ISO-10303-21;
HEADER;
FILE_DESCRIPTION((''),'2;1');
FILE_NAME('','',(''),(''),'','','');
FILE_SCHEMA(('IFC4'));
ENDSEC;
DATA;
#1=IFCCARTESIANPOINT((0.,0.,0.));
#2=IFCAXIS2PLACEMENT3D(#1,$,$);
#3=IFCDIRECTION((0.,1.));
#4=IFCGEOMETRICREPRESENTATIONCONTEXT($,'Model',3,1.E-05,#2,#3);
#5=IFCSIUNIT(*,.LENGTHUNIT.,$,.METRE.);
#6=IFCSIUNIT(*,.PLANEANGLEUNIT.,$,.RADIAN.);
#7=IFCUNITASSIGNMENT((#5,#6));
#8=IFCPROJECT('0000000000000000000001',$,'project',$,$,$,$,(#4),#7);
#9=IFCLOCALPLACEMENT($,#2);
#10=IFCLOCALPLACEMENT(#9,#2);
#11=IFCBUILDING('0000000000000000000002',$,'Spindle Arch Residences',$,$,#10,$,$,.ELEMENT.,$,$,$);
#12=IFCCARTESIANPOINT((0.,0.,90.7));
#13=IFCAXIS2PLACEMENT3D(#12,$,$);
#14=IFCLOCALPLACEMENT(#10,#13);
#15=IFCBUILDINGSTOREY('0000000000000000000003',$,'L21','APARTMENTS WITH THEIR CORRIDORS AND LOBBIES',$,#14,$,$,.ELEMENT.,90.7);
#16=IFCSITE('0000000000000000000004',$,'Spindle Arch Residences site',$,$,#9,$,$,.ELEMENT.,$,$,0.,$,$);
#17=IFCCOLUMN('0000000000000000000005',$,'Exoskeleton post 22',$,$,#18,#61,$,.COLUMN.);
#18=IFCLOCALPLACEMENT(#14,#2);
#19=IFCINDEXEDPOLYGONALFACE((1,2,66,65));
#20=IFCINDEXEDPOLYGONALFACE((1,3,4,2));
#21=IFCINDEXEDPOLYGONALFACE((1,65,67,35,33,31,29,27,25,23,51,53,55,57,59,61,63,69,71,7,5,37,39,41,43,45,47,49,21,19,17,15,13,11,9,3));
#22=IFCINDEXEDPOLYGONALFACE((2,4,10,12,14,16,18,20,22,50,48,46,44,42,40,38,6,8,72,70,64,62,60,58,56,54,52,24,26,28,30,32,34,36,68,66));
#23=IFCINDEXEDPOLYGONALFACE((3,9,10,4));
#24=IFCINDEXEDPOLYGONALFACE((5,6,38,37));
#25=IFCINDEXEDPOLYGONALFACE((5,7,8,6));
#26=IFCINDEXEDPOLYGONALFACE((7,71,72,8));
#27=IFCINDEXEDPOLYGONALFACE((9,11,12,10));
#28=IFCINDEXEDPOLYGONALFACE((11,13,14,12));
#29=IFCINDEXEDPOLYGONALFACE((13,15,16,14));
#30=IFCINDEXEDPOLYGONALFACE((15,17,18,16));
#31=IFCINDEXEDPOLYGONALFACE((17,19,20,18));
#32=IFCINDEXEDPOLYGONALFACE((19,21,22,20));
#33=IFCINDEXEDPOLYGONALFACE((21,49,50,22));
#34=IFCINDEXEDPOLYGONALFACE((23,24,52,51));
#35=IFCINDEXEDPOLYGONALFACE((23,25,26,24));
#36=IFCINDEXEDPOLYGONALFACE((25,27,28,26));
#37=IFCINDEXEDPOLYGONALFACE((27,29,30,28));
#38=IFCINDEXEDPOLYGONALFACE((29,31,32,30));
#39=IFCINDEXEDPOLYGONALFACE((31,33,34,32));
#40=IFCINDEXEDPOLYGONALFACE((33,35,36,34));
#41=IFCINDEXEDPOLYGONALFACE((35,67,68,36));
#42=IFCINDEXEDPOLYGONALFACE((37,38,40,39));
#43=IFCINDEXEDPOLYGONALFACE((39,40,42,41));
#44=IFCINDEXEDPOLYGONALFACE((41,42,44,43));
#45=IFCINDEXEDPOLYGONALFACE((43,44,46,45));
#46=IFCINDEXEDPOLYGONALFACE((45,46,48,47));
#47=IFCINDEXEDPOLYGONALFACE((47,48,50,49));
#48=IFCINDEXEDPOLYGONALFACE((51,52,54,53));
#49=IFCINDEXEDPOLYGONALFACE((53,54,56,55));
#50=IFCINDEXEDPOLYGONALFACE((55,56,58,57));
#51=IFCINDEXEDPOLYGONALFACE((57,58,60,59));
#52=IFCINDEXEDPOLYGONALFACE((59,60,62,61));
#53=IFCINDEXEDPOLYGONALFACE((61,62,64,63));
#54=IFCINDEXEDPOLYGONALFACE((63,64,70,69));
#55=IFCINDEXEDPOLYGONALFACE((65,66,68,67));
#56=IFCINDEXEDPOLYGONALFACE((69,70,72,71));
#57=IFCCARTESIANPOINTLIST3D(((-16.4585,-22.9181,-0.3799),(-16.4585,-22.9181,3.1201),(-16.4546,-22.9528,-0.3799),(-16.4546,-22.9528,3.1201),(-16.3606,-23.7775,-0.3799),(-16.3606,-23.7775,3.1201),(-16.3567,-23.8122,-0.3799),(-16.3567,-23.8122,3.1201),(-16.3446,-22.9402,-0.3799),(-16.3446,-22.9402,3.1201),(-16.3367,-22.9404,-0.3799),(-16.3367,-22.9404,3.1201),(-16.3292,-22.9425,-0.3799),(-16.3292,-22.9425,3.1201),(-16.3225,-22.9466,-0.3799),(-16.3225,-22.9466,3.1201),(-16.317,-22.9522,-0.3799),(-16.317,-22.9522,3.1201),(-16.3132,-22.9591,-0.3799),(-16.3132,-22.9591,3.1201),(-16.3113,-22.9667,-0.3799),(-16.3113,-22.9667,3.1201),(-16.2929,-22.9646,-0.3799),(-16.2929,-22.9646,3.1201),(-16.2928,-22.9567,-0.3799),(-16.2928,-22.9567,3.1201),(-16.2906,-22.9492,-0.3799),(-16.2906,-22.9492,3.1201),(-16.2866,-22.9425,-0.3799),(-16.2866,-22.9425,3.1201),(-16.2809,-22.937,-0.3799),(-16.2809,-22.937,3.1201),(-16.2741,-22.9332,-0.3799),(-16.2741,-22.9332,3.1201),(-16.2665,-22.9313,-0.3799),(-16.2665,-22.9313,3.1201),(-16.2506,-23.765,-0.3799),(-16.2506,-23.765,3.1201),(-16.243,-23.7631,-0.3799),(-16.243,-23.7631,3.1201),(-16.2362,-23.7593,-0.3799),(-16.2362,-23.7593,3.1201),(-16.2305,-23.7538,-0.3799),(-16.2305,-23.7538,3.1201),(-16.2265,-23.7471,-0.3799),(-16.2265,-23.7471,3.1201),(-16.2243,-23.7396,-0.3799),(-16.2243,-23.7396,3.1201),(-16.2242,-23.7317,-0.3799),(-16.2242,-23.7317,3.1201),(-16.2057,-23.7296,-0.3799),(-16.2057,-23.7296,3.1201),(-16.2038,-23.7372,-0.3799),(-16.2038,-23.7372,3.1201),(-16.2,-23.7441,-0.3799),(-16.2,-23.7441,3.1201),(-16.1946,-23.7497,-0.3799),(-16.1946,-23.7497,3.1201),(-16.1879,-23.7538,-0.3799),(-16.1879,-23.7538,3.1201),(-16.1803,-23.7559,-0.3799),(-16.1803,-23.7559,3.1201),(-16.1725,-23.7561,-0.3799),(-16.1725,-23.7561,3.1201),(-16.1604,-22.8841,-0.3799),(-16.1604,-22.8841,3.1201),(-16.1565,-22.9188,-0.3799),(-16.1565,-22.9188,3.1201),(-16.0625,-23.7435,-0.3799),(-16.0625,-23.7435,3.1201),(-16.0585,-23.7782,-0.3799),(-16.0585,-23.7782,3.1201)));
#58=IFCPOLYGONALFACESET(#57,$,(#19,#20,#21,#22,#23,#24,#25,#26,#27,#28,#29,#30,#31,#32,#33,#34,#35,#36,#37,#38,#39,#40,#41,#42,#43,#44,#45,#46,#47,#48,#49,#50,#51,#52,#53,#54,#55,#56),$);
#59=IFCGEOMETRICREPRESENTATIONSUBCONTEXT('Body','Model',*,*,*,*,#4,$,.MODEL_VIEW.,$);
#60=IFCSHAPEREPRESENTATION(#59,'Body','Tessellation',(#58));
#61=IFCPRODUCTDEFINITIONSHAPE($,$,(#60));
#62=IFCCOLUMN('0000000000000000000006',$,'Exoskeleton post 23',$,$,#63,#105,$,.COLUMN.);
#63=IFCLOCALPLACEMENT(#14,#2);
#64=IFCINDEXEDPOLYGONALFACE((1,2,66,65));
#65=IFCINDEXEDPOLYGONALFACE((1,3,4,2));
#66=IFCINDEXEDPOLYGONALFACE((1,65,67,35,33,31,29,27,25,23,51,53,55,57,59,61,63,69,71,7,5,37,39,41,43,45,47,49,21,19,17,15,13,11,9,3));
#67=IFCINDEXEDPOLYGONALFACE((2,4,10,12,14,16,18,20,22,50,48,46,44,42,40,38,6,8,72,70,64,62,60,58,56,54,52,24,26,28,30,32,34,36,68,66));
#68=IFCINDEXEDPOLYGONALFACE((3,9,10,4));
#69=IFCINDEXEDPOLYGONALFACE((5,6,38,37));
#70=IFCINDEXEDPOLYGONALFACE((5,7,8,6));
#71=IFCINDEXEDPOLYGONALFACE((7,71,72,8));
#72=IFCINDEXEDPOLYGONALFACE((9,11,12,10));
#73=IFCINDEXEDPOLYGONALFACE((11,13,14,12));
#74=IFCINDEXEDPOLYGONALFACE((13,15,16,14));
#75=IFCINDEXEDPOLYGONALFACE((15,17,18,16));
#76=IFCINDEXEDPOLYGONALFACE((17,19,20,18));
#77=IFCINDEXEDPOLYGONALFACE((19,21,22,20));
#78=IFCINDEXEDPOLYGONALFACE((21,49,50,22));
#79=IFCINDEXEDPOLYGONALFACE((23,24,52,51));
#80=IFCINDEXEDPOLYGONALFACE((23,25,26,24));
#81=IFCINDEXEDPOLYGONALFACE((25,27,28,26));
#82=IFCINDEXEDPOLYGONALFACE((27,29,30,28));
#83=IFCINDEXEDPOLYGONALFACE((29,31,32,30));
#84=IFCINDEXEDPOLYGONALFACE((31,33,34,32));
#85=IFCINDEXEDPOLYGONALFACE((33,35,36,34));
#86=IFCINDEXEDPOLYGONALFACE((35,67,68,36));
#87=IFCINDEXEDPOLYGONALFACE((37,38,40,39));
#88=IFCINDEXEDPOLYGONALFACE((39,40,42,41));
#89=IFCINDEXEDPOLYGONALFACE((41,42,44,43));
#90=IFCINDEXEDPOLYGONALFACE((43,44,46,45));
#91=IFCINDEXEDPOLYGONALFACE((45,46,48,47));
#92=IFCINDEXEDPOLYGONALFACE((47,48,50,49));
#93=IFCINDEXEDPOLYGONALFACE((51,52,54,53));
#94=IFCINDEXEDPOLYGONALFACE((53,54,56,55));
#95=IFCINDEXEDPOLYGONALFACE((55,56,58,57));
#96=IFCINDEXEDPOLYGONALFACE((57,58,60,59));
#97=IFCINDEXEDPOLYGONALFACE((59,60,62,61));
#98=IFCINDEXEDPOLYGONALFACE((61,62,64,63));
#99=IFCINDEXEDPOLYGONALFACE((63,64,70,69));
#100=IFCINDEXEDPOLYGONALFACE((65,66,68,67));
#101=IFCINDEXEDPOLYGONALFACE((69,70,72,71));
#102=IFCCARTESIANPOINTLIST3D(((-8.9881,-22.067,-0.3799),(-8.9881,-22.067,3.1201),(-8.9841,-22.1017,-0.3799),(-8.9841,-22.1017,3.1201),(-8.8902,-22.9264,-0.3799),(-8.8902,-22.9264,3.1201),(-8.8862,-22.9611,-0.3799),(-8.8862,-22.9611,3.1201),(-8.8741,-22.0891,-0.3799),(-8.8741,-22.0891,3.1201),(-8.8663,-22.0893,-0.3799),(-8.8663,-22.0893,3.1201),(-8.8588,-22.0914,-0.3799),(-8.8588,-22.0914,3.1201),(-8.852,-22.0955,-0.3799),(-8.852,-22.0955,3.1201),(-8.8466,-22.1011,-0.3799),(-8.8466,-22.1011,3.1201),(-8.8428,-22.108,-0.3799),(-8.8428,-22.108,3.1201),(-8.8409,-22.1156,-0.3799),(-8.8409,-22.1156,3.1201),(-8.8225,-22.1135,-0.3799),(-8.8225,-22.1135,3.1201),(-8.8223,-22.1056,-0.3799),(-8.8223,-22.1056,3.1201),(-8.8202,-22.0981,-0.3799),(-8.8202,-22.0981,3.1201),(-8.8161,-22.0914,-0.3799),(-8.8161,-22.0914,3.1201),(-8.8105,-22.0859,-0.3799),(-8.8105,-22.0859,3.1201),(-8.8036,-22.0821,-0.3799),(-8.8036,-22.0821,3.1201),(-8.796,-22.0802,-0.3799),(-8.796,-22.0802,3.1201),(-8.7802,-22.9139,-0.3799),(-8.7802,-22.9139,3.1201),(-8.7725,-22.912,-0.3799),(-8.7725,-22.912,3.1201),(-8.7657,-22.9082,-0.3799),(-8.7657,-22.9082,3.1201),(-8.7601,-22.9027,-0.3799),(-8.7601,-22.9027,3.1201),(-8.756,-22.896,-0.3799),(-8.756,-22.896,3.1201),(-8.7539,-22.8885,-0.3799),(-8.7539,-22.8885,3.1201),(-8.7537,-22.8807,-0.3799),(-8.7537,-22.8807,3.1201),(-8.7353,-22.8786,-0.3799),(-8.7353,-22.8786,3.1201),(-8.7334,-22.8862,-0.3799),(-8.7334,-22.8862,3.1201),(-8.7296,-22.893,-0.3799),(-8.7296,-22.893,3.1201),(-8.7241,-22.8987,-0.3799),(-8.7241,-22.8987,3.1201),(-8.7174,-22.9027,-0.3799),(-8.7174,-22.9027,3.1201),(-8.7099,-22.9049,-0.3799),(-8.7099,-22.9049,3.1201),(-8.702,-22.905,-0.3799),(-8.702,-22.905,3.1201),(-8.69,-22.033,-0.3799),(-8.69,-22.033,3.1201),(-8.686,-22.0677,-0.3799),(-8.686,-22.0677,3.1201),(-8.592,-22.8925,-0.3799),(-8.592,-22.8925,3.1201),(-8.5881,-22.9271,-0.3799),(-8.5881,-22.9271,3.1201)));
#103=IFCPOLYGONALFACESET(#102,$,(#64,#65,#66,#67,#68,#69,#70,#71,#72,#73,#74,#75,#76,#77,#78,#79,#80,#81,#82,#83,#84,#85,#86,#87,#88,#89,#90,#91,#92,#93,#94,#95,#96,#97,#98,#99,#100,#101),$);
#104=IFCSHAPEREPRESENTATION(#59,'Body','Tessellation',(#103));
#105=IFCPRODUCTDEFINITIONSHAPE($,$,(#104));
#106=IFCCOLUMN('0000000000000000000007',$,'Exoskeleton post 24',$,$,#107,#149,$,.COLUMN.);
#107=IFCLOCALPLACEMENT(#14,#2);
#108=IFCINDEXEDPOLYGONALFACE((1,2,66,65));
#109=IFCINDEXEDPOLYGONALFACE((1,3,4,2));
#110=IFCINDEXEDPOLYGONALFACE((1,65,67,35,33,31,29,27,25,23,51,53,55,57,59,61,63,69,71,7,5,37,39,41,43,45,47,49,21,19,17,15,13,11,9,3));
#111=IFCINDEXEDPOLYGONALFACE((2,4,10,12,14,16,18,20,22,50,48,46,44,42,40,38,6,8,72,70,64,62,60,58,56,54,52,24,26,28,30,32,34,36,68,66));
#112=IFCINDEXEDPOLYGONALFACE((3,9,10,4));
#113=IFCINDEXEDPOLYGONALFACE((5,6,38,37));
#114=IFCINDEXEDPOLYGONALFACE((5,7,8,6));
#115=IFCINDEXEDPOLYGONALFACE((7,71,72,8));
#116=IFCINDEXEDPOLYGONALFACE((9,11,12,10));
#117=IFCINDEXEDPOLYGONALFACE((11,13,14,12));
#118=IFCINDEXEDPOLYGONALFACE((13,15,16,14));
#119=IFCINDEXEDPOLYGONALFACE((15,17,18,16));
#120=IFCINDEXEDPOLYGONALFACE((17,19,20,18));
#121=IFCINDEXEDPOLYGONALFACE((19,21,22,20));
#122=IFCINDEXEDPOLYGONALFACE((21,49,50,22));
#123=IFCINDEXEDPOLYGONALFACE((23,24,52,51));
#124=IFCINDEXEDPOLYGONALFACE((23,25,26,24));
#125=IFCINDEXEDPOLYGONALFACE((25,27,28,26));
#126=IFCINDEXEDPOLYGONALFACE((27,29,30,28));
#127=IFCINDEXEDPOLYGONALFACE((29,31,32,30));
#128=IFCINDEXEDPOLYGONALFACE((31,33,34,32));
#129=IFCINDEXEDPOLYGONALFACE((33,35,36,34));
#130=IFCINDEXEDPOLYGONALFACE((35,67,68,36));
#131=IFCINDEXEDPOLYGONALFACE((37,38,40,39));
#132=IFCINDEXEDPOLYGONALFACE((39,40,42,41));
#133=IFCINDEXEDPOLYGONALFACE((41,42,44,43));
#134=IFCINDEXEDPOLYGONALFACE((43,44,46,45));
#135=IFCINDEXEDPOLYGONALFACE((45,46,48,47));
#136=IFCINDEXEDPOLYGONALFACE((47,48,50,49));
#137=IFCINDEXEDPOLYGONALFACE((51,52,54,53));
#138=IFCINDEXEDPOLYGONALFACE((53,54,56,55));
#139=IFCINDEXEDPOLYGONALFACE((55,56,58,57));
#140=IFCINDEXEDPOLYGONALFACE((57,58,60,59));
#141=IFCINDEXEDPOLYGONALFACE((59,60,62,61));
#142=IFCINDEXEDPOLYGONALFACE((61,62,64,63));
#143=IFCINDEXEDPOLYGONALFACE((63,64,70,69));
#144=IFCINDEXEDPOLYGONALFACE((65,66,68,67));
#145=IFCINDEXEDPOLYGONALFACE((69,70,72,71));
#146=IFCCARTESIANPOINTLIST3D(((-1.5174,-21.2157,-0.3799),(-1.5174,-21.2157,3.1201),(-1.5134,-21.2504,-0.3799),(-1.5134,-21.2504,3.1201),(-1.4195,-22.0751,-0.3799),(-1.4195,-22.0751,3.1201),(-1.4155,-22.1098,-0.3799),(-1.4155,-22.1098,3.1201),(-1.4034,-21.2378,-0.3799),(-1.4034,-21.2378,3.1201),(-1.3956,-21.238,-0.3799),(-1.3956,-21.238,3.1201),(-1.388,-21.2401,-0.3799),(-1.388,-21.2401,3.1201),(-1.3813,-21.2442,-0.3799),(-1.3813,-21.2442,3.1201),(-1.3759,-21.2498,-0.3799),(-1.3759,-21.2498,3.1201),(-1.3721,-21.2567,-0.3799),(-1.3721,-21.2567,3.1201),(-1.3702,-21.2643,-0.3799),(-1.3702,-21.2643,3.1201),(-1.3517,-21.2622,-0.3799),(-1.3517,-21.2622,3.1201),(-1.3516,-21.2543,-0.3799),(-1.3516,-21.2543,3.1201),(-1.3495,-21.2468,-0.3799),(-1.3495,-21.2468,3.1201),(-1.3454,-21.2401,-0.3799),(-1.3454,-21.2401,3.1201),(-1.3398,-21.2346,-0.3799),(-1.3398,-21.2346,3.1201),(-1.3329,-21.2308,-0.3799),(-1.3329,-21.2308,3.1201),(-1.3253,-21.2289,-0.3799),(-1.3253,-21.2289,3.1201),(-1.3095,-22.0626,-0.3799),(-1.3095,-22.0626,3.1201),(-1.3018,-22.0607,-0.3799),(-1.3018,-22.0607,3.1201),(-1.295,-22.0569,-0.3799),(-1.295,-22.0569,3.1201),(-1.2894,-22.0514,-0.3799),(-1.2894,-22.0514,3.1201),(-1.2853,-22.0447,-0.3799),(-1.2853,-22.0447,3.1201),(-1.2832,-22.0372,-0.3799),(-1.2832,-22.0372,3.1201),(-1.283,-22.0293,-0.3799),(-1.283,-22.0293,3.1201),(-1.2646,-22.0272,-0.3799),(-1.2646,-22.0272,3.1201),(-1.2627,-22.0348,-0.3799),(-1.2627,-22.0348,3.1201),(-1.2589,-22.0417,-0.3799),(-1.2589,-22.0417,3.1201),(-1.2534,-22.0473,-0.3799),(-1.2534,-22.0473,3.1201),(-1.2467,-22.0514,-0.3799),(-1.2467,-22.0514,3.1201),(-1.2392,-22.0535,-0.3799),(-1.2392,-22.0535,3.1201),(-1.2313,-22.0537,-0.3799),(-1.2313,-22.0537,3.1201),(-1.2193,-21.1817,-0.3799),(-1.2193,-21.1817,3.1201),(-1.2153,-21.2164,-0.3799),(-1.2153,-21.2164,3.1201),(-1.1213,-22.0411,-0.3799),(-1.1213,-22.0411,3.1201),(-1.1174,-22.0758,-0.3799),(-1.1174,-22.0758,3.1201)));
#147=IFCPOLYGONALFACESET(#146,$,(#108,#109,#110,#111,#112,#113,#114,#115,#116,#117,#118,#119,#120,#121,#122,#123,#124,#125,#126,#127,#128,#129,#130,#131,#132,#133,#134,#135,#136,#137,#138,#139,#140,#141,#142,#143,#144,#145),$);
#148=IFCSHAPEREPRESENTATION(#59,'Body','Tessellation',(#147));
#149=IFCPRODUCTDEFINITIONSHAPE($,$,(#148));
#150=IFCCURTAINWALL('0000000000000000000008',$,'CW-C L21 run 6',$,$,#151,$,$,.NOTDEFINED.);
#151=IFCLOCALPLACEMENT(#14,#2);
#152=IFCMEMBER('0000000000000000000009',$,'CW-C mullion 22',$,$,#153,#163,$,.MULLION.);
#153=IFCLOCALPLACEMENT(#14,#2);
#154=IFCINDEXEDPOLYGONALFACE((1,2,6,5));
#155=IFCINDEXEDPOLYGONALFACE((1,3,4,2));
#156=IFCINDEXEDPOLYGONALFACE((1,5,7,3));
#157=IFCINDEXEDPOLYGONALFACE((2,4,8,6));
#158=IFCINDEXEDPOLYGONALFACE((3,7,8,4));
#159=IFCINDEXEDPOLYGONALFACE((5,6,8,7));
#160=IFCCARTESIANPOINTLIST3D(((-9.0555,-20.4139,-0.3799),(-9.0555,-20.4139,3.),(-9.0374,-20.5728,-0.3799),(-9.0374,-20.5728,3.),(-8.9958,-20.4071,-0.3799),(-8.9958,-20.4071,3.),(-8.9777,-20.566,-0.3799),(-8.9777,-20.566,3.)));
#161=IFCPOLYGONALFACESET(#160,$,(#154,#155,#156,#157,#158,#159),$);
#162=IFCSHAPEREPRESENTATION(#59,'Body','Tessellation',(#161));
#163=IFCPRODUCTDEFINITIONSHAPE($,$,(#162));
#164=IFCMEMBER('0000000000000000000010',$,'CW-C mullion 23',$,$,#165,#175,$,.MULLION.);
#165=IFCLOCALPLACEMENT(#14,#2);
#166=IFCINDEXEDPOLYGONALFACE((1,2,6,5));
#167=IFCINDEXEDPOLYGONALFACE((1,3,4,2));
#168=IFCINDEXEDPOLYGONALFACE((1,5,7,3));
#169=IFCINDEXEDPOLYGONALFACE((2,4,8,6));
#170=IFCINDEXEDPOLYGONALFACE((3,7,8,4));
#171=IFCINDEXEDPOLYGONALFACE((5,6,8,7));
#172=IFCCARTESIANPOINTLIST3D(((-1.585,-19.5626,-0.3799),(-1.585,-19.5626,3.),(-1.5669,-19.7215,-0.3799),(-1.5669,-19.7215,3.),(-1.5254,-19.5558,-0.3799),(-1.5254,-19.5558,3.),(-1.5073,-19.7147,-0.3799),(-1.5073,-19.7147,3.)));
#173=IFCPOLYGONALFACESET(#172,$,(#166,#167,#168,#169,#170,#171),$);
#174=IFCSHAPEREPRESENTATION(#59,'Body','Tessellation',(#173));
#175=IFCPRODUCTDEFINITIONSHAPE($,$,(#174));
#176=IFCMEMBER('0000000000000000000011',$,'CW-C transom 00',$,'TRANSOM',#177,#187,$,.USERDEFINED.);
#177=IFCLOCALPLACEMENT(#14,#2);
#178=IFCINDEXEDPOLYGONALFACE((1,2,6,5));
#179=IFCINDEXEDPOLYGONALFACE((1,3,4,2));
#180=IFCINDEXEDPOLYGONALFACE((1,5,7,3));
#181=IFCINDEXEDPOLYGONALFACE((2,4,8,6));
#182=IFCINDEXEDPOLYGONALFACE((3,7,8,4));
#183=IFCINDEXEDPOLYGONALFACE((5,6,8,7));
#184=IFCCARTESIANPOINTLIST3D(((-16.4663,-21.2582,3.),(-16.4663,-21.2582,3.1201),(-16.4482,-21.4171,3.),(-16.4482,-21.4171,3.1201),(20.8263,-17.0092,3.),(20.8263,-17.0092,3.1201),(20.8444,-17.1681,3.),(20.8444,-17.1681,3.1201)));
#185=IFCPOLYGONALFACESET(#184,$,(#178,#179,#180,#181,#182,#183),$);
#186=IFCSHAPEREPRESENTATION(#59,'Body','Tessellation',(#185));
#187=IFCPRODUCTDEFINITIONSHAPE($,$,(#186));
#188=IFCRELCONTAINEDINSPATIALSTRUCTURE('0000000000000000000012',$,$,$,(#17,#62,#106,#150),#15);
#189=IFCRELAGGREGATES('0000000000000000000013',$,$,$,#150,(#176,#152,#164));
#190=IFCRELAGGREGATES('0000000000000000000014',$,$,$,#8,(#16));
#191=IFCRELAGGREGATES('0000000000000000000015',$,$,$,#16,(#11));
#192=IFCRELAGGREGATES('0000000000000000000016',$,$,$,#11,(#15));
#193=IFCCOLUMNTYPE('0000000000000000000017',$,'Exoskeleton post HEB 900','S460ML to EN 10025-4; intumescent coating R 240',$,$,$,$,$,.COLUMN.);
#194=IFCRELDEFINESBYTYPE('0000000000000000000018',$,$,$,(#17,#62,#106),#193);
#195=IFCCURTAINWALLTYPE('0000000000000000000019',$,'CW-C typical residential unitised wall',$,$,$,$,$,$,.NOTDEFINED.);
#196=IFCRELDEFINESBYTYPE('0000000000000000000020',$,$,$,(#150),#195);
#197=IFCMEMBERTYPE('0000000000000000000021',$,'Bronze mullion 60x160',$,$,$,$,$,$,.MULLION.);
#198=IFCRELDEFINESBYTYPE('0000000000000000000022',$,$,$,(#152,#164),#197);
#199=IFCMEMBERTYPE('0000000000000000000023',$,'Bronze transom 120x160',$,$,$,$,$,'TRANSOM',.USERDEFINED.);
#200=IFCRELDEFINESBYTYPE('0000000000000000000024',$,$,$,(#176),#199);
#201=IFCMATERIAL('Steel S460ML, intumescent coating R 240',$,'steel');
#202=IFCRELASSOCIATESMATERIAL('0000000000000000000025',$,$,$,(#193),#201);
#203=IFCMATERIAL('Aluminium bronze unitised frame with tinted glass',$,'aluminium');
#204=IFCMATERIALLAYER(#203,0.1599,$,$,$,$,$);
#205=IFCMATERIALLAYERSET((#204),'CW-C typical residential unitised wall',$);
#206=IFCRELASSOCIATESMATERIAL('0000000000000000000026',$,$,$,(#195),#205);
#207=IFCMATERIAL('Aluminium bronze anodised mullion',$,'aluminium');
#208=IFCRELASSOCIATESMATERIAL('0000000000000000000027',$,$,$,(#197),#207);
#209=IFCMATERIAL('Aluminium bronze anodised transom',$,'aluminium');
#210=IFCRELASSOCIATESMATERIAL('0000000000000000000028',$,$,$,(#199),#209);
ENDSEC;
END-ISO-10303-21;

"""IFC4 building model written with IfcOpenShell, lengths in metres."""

from ifc_helpers import new_model, si_unit, direction, frame, origin, origin_2d, place, context, subcontext, project, spatial, rectangle, i_section, extrude, material, layer, layer_set, material_profile, profile_set, type_object, element, aggregate, save


model = new_model("IFC4")

# Units and contexts
model_context = context("Model", 3, precision=1e-05, world=origin(), true_north=direction((0.0, 1.0)))
body_context = subcontext(model_context, "Body", "Model", "MODEL_VIEW")
ifc_project = project(units=[si_unit("LENGTHUNIT", "METRE"), si_unit("PLANEANGLEUNIT", "RADIAN")], contexts=[model_context])

# Site, building, storey
site_placement = place(None, origin())
site = spatial("IfcSite", under=ifc_project, at=site_placement, Name="Spindle Arch Residences site", CompositionType="ELEMENT", RefElevation=0.0)
building_placement = place(site_placement, origin())
building = spatial("IfcBuilding", under=site, at=building_placement, Name="Spindle Arch Residences", CompositionType="ELEMENT")
storey_placement = place(building_placement, frame((0.0, 0.0, 90.7)))
storey = spatial("IfcBuildingStorey", under=building, at=storey_placement, Name="L21", Description="APARTMENTS WITH THEIR CORRIDORS AND LOBBIES", CompositionType="ELEMENT", Elevation=90.7)

# Columns
ifc_material_1 = material(Name="Steel S460ML, intumescent coating R 240", Category="steel")
ifc_material_profile_1 = material_profile(ifc_material_1, i_section(OverallWidth=0.3, OverallDepth=0.8999, WebThickness=0.0186, FlangeThickness=0.0349, FilletRadius=0.03, at=origin_2d()), Name="HEB 900")
ifc_profile_set_1 = profile_set([ifc_material_profile_1], Name="Steel S460ML, intumescent coating R 240")
column_type = type_object("IfcColumnType", Name="Exoskeleton post HEB 900", Description="S460ML to EN 10025-4; intumescent coating R 240", PredefinedType="COLUMN", material=ifc_profile_set_1)
for number, where, z_axis, x_axis, name in (
    (1, (-16.2585, -23.3481, -0.3799), (0.0, 0.0, 1.0), (-0.993572, -0.113203, 0.0), "Exoskeleton post 22"),
    (2, (-8.7881, -22.4971, -0.3799), (0.0, 0.0, 1.0), (-0.993572, -0.113203, 0.0), "Exoskeleton post 23"),
    (3, (-1.3174, -21.6458, -0.3799), (0.0, 0.0, 1.0), (-0.993572, -0.113203, 0.0), "Exoskeleton post 24"),
):
    element("IfcColumn", number, at=place(storey_placement, frame(where, z_axis=z_axis, x_axis=x_axis)), inside=storey, type_object=column_type, Name=name, PredefinedType="COLUMN", context=body_context, shape_type="SweptSolid", body=[
        extrude(i_section(OverallWidth=0.3, OverallDepth=0.8999, WebThickness=0.0186, FlangeThickness=0.0349, FilletRadius=0.03, at=origin_2d()), origin(), (0.0, 0.0, 1.0), 3.5),
    ])

# Curtain wall, members
ifc_material_2 = material(Name="Aluminium bronze unitised frame with tinted glass", Category="aluminium")
ifc_layer_1 = layer(ifc_material_2, 0.1599)
ifc_layer_set_1 = layer_set([ifc_layer_1], Name="CW-C typical residential unitised wall")
curtain_wall_type = type_object("IfcCurtainWallType", Name="CW-C typical residential unitised wall", PredefinedType="NOTDEFINED", material=ifc_layer_set_1)
curtain_wall_placement = place(storey_placement, origin())
curtain_wall = element("IfcCurtainWall", 4, at=curtain_wall_placement, inside=storey, type_object=curtain_wall_type, Name="CW-C L21 run 6", PredefinedType="NOTDEFINED")
ifc_material_3 = material(Name="Aluminium bronze anodised mullion", Category="aluminium")
ifc_material_profile_2 = material_profile(ifc_material_3, rectangle(XDim=0.1599, YDim=0.0601, at=origin_2d()), Name="MU 60x160")
ifc_profile_set_2 = profile_set([ifc_material_profile_2], Name="Aluminium bronze anodised mullion")
member_type_1 = type_object("IfcMemberType", Name="Bronze mullion 60x160", PredefinedType="MULLION", material=ifc_profile_set_2)
member_1_placement = place(storey_placement, frame((-9.0166, -20.49, -0.3799), z_axis=(0.0, 0.0, 1.0), x_axis=(-0.113203, 0.993572, 0.0)))
member_1 = element("IfcMember", 5, at=member_1_placement, type_object=member_type_1, Name="CW-C mullion 22", PredefinedType="MULLION", context=body_context, shape_type="SweptSolid", body=[
    extrude(rectangle(XDim=0.1599, YDim=0.0601, at=origin_2d()), origin(), (0.0, 0.0, 1.0), 3.3799),
])
member_2_placement = place(storey_placement, frame((-1.5461, -19.6387, -0.3799), z_axis=(0.0, 0.0, 1.0), x_axis=(-0.113203, 0.993572, 0.0)))
member_2 = element("IfcMember", 6, at=member_2_placement, type_object=member_type_1, Name="CW-C mullion 23", PredefinedType="MULLION", context=body_context, shape_type="SweptSolid", body=[
    extrude(rectangle(XDim=0.1599, YDim=0.0601, at=origin_2d()), origin(), (0.0, 0.0, 1.0), 3.3799),
])
ifc_material_4 = material(Name="Aluminium bronze anodised transom", Category="aluminium")
ifc_material_profile_3 = material_profile(ifc_material_4, rectangle(XDim=0.1599, YDim=0.1201, at=origin_2d()), Name="TR 120x160")
ifc_profile_set_3 = profile_set([ifc_material_profile_3], Name="Aluminium bronze anodised transom")
member_type_2 = type_object("IfcMemberType", Name="Bronze transom 120x160", ElementType="TRANSOM", PredefinedType="USERDEFINED", material=ifc_profile_set_3)
member_3_placement = place(storey_placement, frame((-16.4573, -21.3376, 3.0601), z_axis=(0.993572, 0.113205, 0.0), x_axis=(-0.113205, 0.993572, 0.0)))
member_3 = element("IfcMember", 7, at=member_3_placement, type_object=member_type_2, Name="CW-C transom 00", ObjectType="TRANSOM", PredefinedType="USERDEFINED", context=body_context, shape_type="SweptSolid", body=[
    extrude(rectangle(XDim=0.1599, YDim=0.1201, at=origin_2d()), origin(), (0.0, 0.0, 1.0), 37.5339),
])

aggregate(curtain_wall, [member_3, member_1, member_2])

save(model, "model.ifc")
